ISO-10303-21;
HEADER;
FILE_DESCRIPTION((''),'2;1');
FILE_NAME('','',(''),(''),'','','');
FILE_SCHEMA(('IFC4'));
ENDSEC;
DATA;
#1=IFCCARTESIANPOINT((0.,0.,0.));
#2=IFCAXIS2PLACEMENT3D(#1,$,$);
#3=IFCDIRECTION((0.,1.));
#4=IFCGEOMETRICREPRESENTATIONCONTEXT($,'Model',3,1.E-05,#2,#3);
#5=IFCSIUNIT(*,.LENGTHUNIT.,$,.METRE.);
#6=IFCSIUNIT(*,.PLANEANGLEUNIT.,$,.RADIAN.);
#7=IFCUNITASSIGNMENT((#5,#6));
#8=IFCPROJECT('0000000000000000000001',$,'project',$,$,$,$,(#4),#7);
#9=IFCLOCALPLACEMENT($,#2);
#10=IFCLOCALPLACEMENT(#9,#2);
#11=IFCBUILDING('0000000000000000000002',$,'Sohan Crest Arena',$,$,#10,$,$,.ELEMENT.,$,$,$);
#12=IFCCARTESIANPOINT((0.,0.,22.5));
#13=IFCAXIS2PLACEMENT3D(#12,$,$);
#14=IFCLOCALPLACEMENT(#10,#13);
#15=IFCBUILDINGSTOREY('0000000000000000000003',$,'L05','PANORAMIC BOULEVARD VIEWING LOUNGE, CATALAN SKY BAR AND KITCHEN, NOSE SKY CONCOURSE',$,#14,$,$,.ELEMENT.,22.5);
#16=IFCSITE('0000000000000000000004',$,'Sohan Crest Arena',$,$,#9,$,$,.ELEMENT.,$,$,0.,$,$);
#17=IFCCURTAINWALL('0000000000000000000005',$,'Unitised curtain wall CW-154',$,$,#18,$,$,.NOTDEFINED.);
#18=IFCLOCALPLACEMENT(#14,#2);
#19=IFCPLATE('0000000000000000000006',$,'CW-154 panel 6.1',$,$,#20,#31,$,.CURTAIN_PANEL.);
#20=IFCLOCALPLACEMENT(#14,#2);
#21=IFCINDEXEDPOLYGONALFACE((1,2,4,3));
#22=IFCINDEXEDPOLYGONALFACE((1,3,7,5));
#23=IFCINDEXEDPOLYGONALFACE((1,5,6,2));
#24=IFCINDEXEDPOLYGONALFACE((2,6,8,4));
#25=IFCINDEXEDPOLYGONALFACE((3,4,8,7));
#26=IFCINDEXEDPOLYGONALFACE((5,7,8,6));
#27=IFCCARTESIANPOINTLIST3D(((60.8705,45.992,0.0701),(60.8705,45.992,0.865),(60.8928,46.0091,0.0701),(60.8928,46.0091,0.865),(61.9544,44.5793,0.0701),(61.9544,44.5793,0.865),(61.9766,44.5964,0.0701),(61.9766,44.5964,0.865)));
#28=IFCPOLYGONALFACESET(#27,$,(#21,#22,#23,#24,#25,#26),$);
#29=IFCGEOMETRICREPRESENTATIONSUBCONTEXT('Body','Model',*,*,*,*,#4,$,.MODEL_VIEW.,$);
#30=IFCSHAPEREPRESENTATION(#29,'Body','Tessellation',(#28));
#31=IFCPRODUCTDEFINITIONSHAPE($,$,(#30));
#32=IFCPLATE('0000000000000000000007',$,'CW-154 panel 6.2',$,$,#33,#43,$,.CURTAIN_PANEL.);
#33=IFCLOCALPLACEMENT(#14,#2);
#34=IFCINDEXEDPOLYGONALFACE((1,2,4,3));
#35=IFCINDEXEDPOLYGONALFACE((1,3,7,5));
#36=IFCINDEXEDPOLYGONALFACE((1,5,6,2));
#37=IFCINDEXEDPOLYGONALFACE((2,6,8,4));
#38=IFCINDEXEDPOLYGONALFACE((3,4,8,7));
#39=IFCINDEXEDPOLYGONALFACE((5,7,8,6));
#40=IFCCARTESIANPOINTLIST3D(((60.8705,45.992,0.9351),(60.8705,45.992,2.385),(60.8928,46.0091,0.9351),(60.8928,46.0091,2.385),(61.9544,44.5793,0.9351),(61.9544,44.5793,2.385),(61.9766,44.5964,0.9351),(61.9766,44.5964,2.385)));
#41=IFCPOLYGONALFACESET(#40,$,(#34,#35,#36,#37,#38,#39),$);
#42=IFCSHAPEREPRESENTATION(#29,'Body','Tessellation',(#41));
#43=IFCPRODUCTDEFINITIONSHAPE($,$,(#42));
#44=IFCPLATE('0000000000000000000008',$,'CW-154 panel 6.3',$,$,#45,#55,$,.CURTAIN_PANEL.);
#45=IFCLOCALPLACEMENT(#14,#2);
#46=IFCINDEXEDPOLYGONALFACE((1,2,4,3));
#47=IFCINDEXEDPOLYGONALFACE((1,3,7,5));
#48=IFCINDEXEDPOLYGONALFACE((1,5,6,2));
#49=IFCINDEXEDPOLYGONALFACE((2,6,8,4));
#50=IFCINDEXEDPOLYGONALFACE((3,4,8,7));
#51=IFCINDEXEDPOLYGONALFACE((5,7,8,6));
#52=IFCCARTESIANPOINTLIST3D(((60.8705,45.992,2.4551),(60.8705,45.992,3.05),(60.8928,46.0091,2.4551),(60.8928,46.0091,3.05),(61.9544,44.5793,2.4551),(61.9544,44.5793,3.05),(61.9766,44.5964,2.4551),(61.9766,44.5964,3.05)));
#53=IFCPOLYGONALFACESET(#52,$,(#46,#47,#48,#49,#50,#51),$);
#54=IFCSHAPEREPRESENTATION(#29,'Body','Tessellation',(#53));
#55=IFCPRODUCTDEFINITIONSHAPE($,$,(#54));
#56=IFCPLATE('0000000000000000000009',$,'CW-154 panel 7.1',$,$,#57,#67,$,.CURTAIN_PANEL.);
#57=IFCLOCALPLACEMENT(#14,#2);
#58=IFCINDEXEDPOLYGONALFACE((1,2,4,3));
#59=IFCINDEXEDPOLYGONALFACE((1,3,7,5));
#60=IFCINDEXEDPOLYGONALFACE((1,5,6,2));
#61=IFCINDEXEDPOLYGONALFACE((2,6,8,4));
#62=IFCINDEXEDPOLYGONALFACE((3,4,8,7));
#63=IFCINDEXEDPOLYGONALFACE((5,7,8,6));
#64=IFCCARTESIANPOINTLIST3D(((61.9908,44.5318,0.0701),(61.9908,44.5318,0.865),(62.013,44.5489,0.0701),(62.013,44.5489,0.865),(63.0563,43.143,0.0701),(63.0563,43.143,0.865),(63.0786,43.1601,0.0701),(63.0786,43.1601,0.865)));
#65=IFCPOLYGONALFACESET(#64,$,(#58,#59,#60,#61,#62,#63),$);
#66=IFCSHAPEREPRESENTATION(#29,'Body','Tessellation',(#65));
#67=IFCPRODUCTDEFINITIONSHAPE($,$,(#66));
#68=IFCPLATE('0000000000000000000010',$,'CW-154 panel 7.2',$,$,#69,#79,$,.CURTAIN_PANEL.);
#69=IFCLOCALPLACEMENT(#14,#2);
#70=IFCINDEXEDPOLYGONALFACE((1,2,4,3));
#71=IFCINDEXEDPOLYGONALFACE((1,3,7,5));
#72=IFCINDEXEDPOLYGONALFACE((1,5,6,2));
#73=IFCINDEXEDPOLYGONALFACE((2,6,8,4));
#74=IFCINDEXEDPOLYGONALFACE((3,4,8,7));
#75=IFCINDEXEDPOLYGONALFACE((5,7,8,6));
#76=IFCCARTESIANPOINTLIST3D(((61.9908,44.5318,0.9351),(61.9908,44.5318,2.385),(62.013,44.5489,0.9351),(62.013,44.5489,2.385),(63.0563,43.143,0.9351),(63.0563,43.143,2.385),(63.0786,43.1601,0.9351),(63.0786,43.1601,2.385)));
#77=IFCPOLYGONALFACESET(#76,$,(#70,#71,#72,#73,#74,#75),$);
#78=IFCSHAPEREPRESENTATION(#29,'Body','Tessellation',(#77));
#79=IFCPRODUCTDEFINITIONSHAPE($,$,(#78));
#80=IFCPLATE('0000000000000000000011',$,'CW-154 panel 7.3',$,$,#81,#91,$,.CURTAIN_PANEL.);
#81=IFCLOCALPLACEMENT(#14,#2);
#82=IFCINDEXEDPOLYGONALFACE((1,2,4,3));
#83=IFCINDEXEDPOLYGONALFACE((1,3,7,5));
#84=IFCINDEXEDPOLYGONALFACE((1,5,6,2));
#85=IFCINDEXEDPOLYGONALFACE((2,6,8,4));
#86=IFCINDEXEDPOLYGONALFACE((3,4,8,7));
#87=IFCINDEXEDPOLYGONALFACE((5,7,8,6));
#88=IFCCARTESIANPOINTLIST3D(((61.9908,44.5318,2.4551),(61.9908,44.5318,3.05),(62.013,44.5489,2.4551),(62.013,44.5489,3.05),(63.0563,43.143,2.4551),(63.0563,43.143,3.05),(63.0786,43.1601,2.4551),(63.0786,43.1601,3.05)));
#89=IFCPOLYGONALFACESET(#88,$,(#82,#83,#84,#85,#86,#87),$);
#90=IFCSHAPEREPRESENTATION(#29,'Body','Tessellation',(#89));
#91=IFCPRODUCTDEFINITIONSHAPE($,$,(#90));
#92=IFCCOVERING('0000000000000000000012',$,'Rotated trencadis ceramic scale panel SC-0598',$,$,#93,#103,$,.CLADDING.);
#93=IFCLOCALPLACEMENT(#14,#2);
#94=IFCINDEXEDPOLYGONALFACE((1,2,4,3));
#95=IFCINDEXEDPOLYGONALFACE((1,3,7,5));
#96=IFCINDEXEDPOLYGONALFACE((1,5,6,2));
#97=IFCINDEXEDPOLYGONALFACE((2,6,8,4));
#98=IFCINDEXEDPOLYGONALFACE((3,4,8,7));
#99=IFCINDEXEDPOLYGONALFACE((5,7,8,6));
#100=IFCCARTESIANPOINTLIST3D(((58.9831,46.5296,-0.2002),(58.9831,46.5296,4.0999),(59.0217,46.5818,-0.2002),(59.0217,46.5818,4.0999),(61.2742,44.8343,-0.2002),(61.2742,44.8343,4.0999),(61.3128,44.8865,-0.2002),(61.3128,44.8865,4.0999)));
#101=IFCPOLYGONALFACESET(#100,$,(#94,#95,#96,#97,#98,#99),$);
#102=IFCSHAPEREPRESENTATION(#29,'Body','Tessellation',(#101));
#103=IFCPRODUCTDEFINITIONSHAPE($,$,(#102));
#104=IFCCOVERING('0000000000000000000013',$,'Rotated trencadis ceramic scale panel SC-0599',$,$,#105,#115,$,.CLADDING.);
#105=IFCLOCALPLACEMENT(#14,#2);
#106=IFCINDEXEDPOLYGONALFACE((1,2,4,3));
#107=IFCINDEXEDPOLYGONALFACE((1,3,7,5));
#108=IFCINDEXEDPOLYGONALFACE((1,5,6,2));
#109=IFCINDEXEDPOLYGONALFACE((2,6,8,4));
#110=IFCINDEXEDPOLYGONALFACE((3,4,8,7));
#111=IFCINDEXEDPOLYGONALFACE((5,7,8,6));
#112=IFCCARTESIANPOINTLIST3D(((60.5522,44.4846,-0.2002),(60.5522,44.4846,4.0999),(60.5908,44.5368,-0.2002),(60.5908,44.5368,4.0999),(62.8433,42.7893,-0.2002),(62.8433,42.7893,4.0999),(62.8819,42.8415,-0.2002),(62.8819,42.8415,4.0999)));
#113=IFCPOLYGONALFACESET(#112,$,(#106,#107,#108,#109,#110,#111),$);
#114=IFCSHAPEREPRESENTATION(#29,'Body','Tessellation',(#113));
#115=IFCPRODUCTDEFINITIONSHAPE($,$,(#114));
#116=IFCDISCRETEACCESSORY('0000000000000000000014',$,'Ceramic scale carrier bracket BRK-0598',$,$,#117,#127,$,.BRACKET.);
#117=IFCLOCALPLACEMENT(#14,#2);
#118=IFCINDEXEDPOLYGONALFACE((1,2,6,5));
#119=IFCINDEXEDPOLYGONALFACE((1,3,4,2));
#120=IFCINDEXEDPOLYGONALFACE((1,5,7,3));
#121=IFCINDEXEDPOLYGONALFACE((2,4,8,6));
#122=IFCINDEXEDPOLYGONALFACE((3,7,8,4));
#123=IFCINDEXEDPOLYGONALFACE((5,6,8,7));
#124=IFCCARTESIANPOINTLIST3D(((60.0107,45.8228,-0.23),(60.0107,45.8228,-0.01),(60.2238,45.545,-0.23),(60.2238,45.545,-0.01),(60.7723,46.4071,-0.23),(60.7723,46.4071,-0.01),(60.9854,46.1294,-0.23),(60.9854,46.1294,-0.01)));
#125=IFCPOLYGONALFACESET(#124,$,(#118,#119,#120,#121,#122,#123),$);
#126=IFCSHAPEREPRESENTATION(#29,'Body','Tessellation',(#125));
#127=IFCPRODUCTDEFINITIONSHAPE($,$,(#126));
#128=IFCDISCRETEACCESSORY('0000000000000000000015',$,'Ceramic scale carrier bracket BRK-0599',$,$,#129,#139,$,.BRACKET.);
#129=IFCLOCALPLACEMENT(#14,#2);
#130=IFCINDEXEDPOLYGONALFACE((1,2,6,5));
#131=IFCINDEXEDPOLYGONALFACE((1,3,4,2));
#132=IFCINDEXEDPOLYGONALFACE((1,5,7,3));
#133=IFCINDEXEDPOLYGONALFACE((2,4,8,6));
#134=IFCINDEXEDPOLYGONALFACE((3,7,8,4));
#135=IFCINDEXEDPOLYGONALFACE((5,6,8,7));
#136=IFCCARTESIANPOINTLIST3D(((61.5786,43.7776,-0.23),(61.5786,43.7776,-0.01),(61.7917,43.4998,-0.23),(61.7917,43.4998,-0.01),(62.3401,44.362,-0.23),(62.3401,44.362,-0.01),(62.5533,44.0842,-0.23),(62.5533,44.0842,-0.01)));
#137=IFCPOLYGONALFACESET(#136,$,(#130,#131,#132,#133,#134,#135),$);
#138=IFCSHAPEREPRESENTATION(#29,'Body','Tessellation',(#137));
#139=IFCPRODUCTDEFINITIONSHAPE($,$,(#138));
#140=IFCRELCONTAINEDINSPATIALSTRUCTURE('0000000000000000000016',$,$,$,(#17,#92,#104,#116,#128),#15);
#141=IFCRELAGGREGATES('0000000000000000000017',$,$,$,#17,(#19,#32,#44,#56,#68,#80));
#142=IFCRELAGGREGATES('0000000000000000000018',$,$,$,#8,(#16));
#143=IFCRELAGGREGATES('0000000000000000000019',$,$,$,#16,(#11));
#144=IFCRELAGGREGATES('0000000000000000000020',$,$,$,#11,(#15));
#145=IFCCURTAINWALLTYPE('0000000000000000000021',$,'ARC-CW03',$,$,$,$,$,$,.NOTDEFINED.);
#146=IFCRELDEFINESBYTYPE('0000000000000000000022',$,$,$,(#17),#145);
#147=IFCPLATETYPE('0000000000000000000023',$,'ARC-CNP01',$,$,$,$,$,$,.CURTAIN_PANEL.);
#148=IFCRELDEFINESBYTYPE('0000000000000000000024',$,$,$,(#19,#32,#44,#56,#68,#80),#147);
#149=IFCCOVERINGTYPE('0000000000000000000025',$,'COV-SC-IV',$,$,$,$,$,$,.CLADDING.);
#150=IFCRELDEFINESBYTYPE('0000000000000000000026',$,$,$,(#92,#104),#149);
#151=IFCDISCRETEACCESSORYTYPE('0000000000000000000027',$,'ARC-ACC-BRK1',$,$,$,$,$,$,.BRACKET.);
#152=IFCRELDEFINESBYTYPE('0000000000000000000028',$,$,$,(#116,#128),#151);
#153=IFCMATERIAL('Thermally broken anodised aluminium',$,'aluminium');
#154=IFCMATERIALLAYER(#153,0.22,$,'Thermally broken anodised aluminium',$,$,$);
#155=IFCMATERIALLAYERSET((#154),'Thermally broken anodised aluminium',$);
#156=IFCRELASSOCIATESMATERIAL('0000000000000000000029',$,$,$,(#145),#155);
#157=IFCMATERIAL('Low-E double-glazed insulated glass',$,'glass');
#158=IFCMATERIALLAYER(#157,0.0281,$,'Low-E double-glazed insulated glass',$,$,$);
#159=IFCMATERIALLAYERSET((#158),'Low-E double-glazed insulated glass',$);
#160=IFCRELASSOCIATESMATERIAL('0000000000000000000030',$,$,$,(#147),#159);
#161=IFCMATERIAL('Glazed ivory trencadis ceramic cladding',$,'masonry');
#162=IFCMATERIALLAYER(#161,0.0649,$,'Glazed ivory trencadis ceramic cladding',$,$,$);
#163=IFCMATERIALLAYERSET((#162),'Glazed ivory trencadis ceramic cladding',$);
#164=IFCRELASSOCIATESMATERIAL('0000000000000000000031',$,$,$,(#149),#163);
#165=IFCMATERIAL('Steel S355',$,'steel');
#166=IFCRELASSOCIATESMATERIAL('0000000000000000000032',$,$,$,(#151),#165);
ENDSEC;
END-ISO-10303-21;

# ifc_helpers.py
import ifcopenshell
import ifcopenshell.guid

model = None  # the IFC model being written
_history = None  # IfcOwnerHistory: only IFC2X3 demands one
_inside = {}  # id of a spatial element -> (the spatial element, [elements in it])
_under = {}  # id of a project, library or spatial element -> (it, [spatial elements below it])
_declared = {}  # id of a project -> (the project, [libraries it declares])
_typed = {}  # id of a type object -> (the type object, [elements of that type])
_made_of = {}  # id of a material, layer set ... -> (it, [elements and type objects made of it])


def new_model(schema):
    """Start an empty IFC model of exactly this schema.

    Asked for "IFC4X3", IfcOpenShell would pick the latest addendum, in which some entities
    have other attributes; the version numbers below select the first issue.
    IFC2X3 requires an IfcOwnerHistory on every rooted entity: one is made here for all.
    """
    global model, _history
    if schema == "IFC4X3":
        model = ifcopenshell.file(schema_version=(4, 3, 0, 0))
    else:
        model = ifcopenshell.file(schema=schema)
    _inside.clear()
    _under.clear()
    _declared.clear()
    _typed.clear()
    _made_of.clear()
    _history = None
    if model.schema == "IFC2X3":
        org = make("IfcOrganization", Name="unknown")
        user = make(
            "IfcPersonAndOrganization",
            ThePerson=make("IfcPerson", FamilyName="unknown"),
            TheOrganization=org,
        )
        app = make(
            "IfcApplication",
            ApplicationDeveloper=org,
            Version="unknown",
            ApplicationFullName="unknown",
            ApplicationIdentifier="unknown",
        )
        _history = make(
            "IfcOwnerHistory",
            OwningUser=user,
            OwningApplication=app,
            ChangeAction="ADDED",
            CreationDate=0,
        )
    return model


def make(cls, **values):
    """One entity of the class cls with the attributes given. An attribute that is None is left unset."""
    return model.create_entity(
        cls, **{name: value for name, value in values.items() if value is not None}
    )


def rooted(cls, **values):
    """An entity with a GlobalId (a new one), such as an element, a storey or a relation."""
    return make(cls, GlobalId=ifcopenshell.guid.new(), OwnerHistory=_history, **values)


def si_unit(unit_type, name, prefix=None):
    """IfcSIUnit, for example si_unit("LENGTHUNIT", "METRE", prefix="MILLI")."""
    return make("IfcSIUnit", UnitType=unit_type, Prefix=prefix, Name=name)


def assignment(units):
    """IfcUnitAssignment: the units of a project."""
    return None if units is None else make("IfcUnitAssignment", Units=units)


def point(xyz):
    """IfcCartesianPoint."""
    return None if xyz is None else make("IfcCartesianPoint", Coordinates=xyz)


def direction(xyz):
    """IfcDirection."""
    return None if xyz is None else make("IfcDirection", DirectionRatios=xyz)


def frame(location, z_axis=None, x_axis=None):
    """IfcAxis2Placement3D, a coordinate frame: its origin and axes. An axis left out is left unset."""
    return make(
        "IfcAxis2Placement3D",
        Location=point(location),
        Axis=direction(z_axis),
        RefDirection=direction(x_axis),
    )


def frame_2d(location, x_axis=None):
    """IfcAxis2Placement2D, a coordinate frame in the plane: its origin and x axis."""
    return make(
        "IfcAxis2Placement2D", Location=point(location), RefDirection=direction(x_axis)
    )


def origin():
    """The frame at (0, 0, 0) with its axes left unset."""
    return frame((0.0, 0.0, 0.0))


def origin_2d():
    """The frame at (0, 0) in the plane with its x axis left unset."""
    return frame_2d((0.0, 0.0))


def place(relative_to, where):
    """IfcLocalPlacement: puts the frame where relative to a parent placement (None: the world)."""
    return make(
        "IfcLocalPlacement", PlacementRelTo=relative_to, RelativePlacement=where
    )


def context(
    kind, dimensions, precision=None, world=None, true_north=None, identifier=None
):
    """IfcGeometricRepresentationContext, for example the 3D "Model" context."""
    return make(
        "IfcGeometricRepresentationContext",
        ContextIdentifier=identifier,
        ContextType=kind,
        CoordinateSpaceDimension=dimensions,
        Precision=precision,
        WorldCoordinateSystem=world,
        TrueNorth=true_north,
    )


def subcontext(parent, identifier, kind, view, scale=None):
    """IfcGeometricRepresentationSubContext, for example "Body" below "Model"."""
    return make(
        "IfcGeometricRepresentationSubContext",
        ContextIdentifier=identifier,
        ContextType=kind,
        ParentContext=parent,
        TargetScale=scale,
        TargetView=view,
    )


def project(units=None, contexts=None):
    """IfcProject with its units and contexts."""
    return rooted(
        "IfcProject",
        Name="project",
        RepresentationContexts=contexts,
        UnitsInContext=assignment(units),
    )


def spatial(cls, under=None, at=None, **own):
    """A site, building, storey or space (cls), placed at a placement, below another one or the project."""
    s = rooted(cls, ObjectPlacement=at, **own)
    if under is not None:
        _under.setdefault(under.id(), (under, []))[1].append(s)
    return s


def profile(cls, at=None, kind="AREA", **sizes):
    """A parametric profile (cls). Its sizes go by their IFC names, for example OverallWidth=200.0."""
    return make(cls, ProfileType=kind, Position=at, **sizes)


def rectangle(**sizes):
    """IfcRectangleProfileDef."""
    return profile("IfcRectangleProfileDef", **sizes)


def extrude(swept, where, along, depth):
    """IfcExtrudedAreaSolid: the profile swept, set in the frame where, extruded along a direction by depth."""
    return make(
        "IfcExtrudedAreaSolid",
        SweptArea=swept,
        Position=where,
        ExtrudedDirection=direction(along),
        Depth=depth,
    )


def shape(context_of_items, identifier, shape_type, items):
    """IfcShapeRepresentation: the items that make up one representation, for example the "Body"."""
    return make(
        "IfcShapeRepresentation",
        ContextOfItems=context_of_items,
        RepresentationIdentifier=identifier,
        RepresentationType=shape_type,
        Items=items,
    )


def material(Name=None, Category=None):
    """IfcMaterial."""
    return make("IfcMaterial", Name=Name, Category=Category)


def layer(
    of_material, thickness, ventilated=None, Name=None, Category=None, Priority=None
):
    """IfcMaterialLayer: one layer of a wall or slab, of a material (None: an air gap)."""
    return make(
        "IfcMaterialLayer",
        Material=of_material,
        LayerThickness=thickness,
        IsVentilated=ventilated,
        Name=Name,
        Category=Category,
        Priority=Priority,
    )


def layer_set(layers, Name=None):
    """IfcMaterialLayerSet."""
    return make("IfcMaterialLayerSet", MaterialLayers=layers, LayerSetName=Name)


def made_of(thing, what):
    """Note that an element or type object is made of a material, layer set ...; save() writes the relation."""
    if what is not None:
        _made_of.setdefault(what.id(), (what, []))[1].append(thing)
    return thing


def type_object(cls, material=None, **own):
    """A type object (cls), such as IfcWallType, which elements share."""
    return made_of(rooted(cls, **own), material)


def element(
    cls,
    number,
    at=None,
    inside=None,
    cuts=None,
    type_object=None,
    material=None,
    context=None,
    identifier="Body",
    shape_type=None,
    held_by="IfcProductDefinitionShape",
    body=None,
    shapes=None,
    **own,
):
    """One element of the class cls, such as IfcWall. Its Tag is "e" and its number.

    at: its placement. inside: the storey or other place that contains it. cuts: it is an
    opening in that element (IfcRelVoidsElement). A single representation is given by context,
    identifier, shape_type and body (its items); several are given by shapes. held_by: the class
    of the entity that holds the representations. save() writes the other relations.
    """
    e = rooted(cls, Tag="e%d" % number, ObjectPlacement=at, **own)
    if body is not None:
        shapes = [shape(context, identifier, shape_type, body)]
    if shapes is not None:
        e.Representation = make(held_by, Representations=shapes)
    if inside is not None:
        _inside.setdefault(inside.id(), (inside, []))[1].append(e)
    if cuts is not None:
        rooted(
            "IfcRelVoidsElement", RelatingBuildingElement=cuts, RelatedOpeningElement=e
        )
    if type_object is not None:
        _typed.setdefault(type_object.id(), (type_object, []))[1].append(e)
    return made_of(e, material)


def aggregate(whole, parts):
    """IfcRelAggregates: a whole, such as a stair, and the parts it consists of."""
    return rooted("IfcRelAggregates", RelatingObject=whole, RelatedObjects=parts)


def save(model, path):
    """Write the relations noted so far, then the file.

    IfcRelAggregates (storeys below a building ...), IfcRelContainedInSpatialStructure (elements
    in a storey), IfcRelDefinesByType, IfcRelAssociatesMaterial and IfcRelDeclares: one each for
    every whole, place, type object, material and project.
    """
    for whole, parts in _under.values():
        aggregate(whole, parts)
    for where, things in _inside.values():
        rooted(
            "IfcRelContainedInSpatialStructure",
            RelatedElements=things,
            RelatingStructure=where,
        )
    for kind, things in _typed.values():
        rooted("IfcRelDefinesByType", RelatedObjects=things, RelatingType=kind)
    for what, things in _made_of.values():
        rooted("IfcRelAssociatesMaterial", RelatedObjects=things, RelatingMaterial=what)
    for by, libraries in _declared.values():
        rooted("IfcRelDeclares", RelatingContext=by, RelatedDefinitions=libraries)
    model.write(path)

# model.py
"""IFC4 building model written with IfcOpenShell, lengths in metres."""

from ifc_helpers import new_model, si_unit, direction, frame, origin, origin_2d, place, context, subcontext, project, spatial, rectangle, extrude, material, layer, layer_set, type_object, element, aggregate, save


model = new_model("IFC4")

# Units and contexts
model_context = context("Model", 3, precision=1e-05, world=origin(), true_north=direction((0.0, 1.0)))
body_context = subcontext(model_context, "Body", "Model", "MODEL_VIEW")
ifc_project = project(units=[si_unit("LENGTHUNIT", "METRE"), si_unit("PLANEANGLEUNIT", "RADIAN")], contexts=[model_context])

# Site, building, storey
site_placement = place(None, origin())
site = spatial("IfcSite", under=ifc_project, at=site_placement, Name="Sohan Crest Arena", CompositionType="ELEMENT", RefElevation=0.0)
building_placement = place(site_placement, origin())
building = spatial("IfcBuilding", under=site, at=building_placement, Name="Sohan Crest Arena", CompositionType="ELEMENT")
storey_placement = place(building_placement, frame((0.0, 0.0, 22.5)))
storey = spatial("IfcBuildingStorey", under=building, at=storey_placement, Name="L05", Description="PANORAMIC BOULEVARD VIEWING LOUNGE, CATALAN SKY BAR AND KITCHEN, NOSE SKY CONCOURSE", CompositionType="ELEMENT", Elevation=22.5)

# Shared definitions
ifc_material_1 = material(Name="Steel S355", Category="steel")

# Curtain wall
ifc_material_2 = material(Name="Thermally broken anodised aluminium", Category="aluminium")
ifc_layer_1 = layer(ifc_material_2, 0.22, Name="Thermally broken anodised aluminium")
ifc_layer_set_1 = layer_set([ifc_layer_1], Name="Thermally broken anodised aluminium")
curtain_wall_type_1 = type_object("IfcCurtainWallType", Name="ARC-CW03", PredefinedType="NOTDEFINED", material=ifc_layer_set_1)
curtain_wall_1_placement = place(storey_placement, origin())
curtain_wall_1 = element("IfcCurtainWall", 1, at=curtain_wall_1_placement, inside=storey, type_object=curtain_wall_type_1, Name="Unitised curtain wall CW-154", PredefinedType="NOTDEFINED")

# Plates
ifc_material_3 = material(Name="Low-E double-glazed insulated glass", Category="glass")
ifc_layer_2 = layer(ifc_material_3, 0.0281, Name="Low-E double-glazed insulated glass")
ifc_layer_set_2 = layer_set([ifc_layer_2], Name="Low-E double-glazed insulated glass")
plate_type = type_object("IfcPlateType", Name="ARC-CNP01", PredefinedType="CURTAIN_PANEL", material=ifc_layer_set_2)
plate_1_placement = place(storey_placement, frame((61.4236, 45.2942, 0.0701), z_axis=(0.0, 0.0, 1.0), x_axis=(0.60872, -0.793385, 0.0)))
plate_1 = element("IfcPlate", 2, at=plate_1_placement, type_object=plate_type, Name="CW-154 panel 6.1", PredefinedType="CURTAIN_PANEL", context=body_context, shape_type="SweptSolid", body=[
    extrude(rectangle(XDim=1.7805, YDim=0.0281, at=origin_2d()), origin(), (0.0, 0.0, 1.0), 0.7949),
])
plate_2_placement = place(storey_placement, frame((61.4236, 45.2942, 0.9351), z_axis=(0.0, 0.0, 1.0), x_axis=(0.60872, -0.793385, 0.0)))
plate_2 = element("IfcPlate", 3, at=plate_2_placement, type_object=plate_type, Name="CW-154 panel 6.2", PredefinedType="CURTAIN_PANEL", context=body_context, shape_type="SweptSolid", body=[
    extrude(rectangle(XDim=1.7805, YDim=0.0281, at=origin_2d()), origin(), (0.0, 0.0, 1.0), 1.45),
])
plate_3_placement = place(storey_placement, frame((61.4236, 45.2942, 2.4551), z_axis=(0.0, 0.0, 1.0), x_axis=(0.60872, -0.793385, 0.0)))
plate_3 = element("IfcPlate", 4, at=plate_3_placement, type_object=plate_type, Name="CW-154 panel 6.3", PredefinedType="CURTAIN_PANEL", context=body_context, shape_type="SweptSolid", body=[
    extrude(rectangle(XDim=1.7805, YDim=0.0281, at=origin_2d()), origin(), (0.0, 0.0, 1.0), 0.595),
])
plate_4_placement = place(storey_placement, frame((62.5347, 43.8459, 0.0701), z_axis=(0.0, 0.0, 1.0), x_axis=(0.60872, -0.793385, 0.0)))
plate_4 = element("IfcPlate", 5, at=plate_4_placement, type_object=plate_type, Name="CW-154 panel 7.1", PredefinedType="CURTAIN_PANEL", context=body_context, shape_type="SweptSolid", body=[
    extrude(rectangle(XDim=1.7505, YDim=0.0281, at=origin_2d()), origin(), (0.0, 0.0, 1.0), 0.7949),
])
plate_5_placement = place(storey_placement, frame((62.5347, 43.8459, 0.9351), z_axis=(0.0, 0.0, 1.0), x_axis=(0.60872, -0.793385, 0.0)))
plate_5 = element("IfcPlate", 6, at=plate_5_placement, type_object=plate_type, Name="CW-154 panel 7.2", PredefinedType="CURTAIN_PANEL", context=body_context, shape_type="SweptSolid", body=[
    extrude(rectangle(XDim=1.7505, YDim=0.0281, at=origin_2d()), origin(), (0.0, 0.0, 1.0), 1.45),
])
plate_6_placement = place(storey_placement, frame((62.5347, 43.8459, 2.4551), z_axis=(0.0, 0.0, 1.0), x_axis=(0.60872, -0.793385, 0.0)))
plate_6 = element("IfcPlate", 7, at=plate_6_placement, type_object=plate_type, Name="CW-154 panel 7.3", PredefinedType="CURTAIN_PANEL", context=body_context, shape_type="SweptSolid", body=[
    extrude(rectangle(XDim=1.7505, YDim=0.0281, at=origin_2d()), origin(), (0.0, 0.0, 1.0), 0.595),
])
aggregate(curtain_wall_1, [plate_1, plate_2, plate_3, plate_4, plate_5, plate_6])

# Coverings
ifc_material_4 = material(Name="Glazed ivory trencadis ceramic cladding", Category="masonry")
ifc_layer_3 = layer(ifc_material_4, 0.0649, Name="Glazed ivory trencadis ceramic cladding")
ifc_layer_set_3 = layer_set([ifc_layer_3], Name="Glazed ivory trencadis ceramic cladding")
covering_type = type_object("IfcCoveringType", Name="COV-SC-IV", PredefinedType="CLADDING", material=ifc_layer_set_3)
for number, where, z_axis, x_axis, name in (
    (8, (60.1479, 45.708, -0.2002), (0.0, 0.0, 1.0), (0.803857, -0.594823, 0.0), "Rotated trencadis ceramic scale panel SC-0598"),
    (9, (61.717, 43.6631, -0.2002), (0.0, 0.0, 1.0), (0.803857, -0.594823, 0.0), "Rotated trencadis ceramic scale panel SC-0599"),
):
    element("IfcCovering", number, at=place(storey_placement, frame(where, z_axis=z_axis, x_axis=x_axis)), inside=storey, type_object=covering_type, Name=name, PredefinedType="CLADDING", context=body_context, shape_type="SweptSolid", body=[
        extrude(rectangle(XDim=2.8501, YDim=0.0649, at=origin_2d()), origin(), (0.0, 0.0, 1.0), 4.3),
    ])

# Discrete accessories
discrete_accessory_type = type_object("IfcDiscreteAccessoryType", Name="ARC-ACC-BRK1", PredefinedType="BRACKET", material=ifc_material_1)
for number, where, z_axis, x_axis, name in (
    (10, (60.498, 45.9761, -0.23), (0.0, 0.0, 1.0), (0.608761, -0.793353, 0.0), "Ceramic scale carrier bracket BRK-0598"),
    (11, (62.0659, 43.9309, -0.23), (0.0, 0.0, 1.0), (0.608761, -0.793353, 0.0), "Ceramic scale carrier bracket BRK-0599"),
):
    element("IfcDiscreteAccessory", number, at=place(storey_placement, frame(where, z_axis=z_axis, x_axis=x_axis)), inside=storey, type_object=discrete_accessory_type, Name=name, PredefinedType="BRACKET", context=body_context, shape_type="SweptSolid", body=[
        extrude(rectangle(XDim=0.3501, YDim=0.96, at=origin_2d()), origin(), (0.0, 0.0, 1.0), 0.22),
    ])

save(model, "model.ifc")
